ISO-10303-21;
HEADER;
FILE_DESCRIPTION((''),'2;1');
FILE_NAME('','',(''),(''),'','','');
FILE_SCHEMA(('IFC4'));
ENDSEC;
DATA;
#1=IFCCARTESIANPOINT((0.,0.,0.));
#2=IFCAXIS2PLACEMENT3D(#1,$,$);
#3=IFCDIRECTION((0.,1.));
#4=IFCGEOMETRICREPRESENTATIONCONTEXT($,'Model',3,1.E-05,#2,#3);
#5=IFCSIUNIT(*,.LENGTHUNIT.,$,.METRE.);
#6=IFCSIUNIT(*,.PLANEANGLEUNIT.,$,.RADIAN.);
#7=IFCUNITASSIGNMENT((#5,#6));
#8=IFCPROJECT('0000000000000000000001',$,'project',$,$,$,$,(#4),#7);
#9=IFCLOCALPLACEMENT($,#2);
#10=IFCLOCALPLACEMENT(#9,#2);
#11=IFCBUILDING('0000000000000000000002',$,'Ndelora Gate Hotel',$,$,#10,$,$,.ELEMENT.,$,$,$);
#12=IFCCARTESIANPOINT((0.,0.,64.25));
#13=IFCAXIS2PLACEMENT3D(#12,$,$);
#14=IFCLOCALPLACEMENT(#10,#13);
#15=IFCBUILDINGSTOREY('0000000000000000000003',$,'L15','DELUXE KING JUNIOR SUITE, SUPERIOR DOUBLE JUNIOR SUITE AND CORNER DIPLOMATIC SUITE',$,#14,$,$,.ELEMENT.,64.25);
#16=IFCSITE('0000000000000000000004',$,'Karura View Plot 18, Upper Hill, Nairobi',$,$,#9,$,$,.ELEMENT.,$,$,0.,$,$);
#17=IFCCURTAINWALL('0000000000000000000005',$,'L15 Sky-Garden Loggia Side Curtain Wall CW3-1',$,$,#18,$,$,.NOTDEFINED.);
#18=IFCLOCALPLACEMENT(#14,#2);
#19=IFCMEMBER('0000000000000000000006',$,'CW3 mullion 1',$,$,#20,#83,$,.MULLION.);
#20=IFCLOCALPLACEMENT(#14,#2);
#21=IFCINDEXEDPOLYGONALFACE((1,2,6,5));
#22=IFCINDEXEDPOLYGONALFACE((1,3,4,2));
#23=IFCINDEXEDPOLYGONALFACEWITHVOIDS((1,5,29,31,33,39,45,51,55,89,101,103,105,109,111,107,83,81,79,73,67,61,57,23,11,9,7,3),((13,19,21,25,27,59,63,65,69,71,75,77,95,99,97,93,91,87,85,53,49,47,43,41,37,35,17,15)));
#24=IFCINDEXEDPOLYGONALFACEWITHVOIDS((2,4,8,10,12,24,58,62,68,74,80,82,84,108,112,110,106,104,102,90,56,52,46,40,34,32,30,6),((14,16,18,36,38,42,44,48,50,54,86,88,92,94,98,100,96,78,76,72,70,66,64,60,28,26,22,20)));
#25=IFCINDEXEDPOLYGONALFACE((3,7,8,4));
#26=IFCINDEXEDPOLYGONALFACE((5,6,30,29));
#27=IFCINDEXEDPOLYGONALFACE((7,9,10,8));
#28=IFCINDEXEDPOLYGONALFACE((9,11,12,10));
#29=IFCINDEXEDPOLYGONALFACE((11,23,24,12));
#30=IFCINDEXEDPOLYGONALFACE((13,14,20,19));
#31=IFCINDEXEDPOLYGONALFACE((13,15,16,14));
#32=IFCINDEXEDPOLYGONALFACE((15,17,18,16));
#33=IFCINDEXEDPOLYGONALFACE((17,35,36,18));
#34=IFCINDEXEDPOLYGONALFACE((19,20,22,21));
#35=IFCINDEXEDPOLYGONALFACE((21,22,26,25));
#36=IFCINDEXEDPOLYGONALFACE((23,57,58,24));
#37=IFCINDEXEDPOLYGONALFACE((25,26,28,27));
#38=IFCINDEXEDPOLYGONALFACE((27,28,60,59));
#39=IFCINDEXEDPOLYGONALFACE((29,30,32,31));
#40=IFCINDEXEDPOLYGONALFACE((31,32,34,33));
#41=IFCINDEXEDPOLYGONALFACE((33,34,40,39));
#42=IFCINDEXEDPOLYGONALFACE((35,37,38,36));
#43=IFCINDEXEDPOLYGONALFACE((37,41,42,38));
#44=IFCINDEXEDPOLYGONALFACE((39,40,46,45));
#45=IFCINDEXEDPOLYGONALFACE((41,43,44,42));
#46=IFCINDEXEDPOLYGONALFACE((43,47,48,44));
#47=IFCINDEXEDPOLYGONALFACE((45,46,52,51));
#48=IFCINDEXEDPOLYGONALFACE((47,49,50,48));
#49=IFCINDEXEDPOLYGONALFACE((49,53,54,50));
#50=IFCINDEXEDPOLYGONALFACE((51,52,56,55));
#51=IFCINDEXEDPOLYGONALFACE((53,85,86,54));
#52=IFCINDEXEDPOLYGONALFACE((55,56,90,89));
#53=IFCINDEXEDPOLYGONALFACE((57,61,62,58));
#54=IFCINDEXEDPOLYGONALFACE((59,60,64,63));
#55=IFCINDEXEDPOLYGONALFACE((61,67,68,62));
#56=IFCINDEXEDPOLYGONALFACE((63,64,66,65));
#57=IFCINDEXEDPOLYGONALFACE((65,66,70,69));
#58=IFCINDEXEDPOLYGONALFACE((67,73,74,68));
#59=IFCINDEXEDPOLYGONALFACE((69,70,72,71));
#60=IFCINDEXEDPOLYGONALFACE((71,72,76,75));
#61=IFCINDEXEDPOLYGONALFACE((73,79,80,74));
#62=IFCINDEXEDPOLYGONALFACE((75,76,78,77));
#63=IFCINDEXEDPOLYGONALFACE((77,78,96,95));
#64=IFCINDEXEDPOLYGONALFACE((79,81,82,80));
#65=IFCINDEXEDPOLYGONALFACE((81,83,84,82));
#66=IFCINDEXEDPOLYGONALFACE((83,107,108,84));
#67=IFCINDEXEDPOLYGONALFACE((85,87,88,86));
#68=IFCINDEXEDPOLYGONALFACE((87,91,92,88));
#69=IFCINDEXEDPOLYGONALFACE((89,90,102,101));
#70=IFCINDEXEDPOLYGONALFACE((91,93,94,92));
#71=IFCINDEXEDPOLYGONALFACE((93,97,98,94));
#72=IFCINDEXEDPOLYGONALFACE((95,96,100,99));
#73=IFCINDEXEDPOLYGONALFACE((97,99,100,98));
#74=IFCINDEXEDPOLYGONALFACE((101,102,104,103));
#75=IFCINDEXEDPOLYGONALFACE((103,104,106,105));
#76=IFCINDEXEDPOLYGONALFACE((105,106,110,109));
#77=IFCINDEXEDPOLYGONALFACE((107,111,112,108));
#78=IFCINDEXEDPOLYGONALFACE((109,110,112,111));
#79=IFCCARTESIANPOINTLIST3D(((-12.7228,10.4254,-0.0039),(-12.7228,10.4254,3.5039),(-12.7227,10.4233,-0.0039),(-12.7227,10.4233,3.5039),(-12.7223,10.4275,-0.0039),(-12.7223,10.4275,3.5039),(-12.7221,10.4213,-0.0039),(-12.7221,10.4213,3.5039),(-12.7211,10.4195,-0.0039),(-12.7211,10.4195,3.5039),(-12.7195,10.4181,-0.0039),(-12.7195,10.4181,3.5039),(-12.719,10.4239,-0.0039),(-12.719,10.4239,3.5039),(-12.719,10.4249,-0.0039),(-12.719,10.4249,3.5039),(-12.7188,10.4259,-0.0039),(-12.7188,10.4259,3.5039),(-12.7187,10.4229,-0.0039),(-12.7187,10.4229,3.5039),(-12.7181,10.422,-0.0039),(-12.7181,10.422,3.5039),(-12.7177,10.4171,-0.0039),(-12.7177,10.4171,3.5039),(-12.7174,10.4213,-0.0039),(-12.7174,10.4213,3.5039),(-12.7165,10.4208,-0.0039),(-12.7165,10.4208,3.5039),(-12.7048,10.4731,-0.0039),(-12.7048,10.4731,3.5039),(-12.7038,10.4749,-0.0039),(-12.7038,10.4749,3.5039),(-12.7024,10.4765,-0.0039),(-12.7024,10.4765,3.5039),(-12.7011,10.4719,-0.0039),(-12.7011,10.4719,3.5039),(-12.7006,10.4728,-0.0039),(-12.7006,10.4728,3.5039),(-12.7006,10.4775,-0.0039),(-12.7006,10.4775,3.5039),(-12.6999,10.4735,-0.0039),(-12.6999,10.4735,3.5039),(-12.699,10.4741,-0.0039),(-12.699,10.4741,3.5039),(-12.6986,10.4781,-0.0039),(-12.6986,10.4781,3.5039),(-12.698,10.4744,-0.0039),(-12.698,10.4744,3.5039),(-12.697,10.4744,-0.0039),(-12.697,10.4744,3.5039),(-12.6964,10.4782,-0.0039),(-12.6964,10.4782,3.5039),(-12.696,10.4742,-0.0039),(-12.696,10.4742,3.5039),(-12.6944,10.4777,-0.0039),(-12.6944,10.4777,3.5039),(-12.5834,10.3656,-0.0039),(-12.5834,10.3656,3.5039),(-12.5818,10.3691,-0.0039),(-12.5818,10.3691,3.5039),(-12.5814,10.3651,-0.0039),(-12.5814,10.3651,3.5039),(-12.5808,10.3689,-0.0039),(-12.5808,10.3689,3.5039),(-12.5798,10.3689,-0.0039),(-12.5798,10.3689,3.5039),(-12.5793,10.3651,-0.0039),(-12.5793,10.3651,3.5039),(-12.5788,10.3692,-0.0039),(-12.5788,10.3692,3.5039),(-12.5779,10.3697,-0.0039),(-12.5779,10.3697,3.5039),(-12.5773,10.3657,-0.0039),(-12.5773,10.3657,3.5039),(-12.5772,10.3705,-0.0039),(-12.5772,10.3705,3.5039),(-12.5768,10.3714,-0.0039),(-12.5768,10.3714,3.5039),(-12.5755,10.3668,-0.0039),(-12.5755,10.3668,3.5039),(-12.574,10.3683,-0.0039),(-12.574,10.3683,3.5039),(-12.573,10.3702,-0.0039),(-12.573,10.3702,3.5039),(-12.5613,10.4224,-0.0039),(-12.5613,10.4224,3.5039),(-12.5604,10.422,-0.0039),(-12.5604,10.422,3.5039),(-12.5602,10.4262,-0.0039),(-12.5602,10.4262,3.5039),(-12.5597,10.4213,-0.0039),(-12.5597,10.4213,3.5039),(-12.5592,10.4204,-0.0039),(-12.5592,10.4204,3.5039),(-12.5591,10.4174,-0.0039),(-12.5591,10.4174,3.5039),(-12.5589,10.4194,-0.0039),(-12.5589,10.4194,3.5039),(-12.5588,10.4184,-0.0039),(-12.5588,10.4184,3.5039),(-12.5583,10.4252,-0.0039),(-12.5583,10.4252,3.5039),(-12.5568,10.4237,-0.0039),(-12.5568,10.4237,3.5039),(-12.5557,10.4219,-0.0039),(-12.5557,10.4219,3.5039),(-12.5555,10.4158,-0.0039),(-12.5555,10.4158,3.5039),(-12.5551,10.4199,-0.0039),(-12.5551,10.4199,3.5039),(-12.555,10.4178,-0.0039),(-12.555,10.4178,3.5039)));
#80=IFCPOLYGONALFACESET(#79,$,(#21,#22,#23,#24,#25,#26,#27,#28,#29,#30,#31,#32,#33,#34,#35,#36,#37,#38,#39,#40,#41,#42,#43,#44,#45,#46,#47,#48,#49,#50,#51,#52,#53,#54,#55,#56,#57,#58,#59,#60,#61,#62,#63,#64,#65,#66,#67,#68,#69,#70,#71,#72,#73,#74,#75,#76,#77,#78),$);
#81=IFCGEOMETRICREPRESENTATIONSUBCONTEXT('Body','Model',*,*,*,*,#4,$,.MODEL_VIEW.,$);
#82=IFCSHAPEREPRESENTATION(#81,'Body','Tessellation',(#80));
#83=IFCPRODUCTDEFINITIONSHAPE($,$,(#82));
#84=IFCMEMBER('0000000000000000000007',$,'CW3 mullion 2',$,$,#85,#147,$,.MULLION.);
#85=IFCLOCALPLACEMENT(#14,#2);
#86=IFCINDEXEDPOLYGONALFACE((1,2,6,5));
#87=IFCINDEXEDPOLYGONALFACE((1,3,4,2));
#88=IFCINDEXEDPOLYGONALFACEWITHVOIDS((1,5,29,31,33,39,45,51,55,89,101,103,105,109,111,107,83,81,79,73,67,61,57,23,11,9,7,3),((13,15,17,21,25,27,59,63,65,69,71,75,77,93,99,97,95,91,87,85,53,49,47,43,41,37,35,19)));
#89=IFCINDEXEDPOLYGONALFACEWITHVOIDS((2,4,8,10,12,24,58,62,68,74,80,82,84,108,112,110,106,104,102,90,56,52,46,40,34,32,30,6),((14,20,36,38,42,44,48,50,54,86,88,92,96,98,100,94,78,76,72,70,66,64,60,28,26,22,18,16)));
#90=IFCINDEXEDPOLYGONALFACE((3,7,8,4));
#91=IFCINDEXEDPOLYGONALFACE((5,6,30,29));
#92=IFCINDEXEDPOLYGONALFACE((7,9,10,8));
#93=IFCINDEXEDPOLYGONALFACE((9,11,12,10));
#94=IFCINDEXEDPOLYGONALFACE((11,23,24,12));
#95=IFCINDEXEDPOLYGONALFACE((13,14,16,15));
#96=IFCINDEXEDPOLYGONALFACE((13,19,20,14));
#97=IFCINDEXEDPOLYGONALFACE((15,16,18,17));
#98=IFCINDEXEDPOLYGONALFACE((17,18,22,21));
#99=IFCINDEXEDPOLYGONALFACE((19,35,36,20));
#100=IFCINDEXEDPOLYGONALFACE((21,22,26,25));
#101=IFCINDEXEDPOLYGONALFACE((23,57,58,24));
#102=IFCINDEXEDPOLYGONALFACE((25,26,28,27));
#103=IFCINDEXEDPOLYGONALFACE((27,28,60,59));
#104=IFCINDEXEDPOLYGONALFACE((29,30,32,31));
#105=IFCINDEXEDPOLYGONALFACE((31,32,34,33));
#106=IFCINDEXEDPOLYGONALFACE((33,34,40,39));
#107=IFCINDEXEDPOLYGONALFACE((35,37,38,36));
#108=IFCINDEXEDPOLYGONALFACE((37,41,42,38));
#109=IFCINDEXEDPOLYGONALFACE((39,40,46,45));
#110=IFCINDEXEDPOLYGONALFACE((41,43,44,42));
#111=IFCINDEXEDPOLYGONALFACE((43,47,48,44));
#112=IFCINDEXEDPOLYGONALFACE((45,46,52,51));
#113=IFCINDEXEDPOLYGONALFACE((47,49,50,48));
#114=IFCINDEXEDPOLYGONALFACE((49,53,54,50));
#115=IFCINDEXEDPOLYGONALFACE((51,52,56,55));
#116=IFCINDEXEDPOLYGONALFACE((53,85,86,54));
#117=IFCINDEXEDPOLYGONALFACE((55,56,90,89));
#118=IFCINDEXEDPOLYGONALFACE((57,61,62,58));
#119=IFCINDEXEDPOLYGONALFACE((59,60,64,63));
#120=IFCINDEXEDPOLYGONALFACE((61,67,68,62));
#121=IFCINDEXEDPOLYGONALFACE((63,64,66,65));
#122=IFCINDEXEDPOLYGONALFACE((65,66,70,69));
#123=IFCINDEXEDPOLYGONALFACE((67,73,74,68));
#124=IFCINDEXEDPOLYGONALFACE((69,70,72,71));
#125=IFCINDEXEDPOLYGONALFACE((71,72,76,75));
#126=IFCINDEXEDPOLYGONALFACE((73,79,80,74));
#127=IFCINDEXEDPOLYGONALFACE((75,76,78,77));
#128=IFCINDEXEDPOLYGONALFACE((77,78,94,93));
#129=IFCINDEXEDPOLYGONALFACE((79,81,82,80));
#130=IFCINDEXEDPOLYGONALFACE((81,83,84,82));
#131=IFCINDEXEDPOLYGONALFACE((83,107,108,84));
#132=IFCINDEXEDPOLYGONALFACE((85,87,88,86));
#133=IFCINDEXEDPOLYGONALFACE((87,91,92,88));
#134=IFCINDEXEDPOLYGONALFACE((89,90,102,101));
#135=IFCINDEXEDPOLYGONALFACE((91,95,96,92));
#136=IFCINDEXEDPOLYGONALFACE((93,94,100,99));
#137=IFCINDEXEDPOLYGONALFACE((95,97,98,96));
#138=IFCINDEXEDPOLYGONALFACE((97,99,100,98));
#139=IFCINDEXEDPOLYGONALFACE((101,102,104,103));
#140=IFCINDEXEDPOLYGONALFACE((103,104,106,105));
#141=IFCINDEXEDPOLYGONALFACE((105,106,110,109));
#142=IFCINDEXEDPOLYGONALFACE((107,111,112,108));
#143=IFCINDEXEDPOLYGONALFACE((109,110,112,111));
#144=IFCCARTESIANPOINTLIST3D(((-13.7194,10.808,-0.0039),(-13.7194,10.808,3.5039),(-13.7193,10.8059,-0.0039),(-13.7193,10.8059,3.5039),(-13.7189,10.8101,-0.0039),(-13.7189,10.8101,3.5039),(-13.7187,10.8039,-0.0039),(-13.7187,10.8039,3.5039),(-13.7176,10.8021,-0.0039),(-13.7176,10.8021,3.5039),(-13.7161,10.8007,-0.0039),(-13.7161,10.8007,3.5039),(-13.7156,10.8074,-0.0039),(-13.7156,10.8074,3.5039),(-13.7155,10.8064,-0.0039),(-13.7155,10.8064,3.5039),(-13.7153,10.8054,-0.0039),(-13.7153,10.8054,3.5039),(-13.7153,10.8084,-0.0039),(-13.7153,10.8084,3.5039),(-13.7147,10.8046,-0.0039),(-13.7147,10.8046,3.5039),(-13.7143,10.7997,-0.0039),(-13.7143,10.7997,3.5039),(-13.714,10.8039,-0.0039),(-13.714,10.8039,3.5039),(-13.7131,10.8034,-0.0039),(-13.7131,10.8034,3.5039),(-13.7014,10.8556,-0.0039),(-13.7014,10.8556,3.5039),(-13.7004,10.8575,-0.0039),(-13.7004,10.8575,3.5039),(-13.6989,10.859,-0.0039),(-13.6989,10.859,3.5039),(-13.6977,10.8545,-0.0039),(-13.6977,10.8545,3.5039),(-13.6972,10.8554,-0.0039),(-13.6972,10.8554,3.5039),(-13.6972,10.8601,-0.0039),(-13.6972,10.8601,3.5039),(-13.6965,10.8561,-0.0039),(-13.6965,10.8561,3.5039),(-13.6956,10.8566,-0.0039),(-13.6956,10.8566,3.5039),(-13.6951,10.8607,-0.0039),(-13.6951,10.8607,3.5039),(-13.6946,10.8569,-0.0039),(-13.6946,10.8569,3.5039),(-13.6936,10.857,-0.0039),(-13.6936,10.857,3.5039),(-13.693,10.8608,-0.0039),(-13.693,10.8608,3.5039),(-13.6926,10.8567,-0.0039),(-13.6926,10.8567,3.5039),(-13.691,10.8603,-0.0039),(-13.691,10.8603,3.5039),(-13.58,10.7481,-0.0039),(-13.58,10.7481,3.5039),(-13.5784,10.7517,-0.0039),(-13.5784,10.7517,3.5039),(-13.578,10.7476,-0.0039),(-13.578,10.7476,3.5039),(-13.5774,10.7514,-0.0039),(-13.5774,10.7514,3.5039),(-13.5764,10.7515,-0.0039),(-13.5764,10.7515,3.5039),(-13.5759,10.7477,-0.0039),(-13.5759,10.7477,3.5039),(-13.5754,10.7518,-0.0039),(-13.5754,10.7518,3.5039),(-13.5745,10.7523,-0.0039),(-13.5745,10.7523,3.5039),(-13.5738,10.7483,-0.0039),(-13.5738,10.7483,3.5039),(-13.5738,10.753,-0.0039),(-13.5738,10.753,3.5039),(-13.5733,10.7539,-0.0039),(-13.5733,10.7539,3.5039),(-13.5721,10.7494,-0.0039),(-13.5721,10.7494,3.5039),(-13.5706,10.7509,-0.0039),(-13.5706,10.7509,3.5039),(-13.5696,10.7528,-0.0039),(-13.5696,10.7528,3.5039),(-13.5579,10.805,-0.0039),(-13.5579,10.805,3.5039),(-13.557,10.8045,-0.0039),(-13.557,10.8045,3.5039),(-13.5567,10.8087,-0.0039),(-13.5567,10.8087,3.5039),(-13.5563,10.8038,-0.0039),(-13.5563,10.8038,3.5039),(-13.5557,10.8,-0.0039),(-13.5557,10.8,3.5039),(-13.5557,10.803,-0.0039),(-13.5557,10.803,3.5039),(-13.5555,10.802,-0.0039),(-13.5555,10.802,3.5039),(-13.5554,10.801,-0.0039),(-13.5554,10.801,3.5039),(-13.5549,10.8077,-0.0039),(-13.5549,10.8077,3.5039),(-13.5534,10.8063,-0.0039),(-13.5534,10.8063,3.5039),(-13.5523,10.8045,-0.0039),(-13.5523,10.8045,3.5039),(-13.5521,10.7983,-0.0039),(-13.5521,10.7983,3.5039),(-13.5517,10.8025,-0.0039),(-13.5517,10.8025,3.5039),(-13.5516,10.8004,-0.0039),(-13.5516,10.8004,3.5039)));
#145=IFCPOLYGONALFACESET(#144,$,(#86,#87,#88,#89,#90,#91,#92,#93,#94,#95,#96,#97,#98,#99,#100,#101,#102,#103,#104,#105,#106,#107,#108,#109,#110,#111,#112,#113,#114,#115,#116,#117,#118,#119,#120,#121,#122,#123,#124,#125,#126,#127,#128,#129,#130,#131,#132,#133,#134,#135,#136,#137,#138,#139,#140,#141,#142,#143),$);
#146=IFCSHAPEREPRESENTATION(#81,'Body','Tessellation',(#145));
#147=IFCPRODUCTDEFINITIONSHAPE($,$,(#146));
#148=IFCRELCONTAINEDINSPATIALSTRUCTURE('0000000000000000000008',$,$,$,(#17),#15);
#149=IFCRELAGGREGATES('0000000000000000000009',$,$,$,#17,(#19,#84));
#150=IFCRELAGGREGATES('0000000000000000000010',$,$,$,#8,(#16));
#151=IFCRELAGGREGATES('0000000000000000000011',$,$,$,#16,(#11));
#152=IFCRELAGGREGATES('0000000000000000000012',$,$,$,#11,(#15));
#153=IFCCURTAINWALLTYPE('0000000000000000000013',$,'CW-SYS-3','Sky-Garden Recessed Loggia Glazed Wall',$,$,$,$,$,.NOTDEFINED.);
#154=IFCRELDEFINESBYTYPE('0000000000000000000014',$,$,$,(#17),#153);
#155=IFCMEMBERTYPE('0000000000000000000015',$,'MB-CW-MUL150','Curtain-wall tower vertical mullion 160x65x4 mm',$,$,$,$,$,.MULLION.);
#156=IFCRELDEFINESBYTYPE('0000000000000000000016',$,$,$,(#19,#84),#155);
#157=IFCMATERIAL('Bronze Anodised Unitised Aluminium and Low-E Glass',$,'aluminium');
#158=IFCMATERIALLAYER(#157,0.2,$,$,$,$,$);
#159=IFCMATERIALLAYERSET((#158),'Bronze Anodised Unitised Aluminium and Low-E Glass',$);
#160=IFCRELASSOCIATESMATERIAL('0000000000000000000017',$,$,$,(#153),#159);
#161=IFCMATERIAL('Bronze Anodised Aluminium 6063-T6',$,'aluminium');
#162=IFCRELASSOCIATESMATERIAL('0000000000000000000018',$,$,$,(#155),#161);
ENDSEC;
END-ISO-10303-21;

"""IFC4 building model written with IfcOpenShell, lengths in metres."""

from ifc_helpers import new_model, si_unit, direction, frame, origin, origin_2d, place, context, subcontext, project, spatial, hollow_rectangle, extrude, material, layer, layer_set, material_profile, profile_set, type_object, element, aggregate, save


model = new_model("IFC4")

# Units and contexts
model_context = context("Model", 3, precision=1e-05, world=origin(), true_north=direction((0.0, 1.0)))
body_context = subcontext(model_context, "Body", "Model", "MODEL_VIEW")
ifc_project = project(units=[si_unit("LENGTHUNIT", "METRE"), si_unit("PLANEANGLEUNIT", "RADIAN")], contexts=[model_context])

# Site, building, storey
site_placement = place(None, origin())
site = spatial("IfcSite", under=ifc_project, at=site_placement, Name="Karura View Plot 18, Upper Hill, Nairobi", CompositionType="ELEMENT", RefElevation=0.0)
building_placement = place(site_placement, origin())
building = spatial("IfcBuilding", under=site, at=building_placement, Name="Ndelora Gate Hotel", CompositionType="ELEMENT")
storey_placement = place(building_placement, frame((0.0, 0.0, 64.25)))
storey = spatial("IfcBuildingStorey", under=building, at=storey_placement, Name="L15", Description="DELUXE KING JUNIOR SUITE, SUPERIOR DOUBLE JUNIOR SUITE AND CORNER DIPLOMATIC SUITE", CompositionType="ELEMENT", Elevation=64.25)

# Curtain wall, members
ifc_material_1 = material(Name="Bronze Anodised Unitised Aluminium and Low-E Glass", Category="aluminium")
ifc_layer_1 = layer(ifc_material_1, 0.2)
ifc_layer_set_1 = layer_set([ifc_layer_1], Name="Bronze Anodised Unitised Aluminium and Low-E Glass")
curtain_wall_type = type_object("IfcCurtainWallType", Name="CW-SYS-3", Description="Sky-Garden Recessed Loggia Glazed Wall", PredefinedType="NOTDEFINED", material=ifc_layer_set_1)
curtain_wall_placement = place(storey_placement, origin())
curtain_wall = element("IfcCurtainWall", 1, at=curtain_wall_placement, inside=storey, type_object=curtain_wall_type, Name="L15 Sky-Garden Loggia Side Curtain Wall CW3-1", PredefinedType="NOTDEFINED")
ifc_material_2 = material(Name="Bronze Anodised Aluminium 6063-T6", Category="aluminium")
ifc_material_profile_1 = material_profile(ifc_material_2, hollow_rectangle(XDim=0.0649, YDim=0.1599, WallThickness=0.0039, InnerFilletRadius=0.0039, OuterFilletRadius=0.0081, at=origin_2d()), Name="ALU 160x65x4")
ifc_profile_set_1 = profile_set([ifc_material_profile_1], Name="Bronze Anodised Aluminium 6063-T6")
member_type_1 = type_object("IfcMemberType", Name="MB-CW-MUL150", Description="Curtain-wall tower vertical mullion 160x65x4 mm", PredefinedType="MULLION", material=ifc_profile_set_1)
member_1_placement = place(storey_placement, frame((-12.6389, 10.4216, -0.0039), z_axis=(0.0, 0.0, 1.0), x_axis=(-0.358361, -0.933583, 0.0)))
member_1 = element("IfcMember", 2, at=member_1_placement, type_object=member_type_1, Name="CW3 mullion 1", PredefinedType="MULLION", context=body_context, shape_type="SweptSolid", body=[
    extrude(hollow_rectangle(XDim=0.0649, YDim=0.1599, WallThickness=0.0039, InnerFilletRadius=0.0039, OuterFilletRadius=0.0081, at=origin_2d()), origin(), (0.0, 0.0, 1.0), 3.5078),
])
member_2_placement = place(storey_placement, frame((-13.6355, 10.8042, -0.0039), z_axis=(0.0, 0.0, 1.0), x_axis=(-0.358361, -0.933583, 0.0)))
member_2 = element("IfcMember", 3, at=member_2_placement, type_object=member_type_1, Name="CW3 mullion 2", PredefinedType="MULLION", context=body_context, shape_type="SweptSolid", body=[
    extrude(hollow_rectangle(XDim=0.0649, YDim=0.1599, WallThickness=0.0039, InnerFilletRadius=0.0039, OuterFilletRadius=0.0081, at=origin_2d()), origin(), (0.0, 0.0, 1.0), 3.5078),
])
aggregate(curtain_wall, [member_1, member_2])

save(model, "model.ifc")
